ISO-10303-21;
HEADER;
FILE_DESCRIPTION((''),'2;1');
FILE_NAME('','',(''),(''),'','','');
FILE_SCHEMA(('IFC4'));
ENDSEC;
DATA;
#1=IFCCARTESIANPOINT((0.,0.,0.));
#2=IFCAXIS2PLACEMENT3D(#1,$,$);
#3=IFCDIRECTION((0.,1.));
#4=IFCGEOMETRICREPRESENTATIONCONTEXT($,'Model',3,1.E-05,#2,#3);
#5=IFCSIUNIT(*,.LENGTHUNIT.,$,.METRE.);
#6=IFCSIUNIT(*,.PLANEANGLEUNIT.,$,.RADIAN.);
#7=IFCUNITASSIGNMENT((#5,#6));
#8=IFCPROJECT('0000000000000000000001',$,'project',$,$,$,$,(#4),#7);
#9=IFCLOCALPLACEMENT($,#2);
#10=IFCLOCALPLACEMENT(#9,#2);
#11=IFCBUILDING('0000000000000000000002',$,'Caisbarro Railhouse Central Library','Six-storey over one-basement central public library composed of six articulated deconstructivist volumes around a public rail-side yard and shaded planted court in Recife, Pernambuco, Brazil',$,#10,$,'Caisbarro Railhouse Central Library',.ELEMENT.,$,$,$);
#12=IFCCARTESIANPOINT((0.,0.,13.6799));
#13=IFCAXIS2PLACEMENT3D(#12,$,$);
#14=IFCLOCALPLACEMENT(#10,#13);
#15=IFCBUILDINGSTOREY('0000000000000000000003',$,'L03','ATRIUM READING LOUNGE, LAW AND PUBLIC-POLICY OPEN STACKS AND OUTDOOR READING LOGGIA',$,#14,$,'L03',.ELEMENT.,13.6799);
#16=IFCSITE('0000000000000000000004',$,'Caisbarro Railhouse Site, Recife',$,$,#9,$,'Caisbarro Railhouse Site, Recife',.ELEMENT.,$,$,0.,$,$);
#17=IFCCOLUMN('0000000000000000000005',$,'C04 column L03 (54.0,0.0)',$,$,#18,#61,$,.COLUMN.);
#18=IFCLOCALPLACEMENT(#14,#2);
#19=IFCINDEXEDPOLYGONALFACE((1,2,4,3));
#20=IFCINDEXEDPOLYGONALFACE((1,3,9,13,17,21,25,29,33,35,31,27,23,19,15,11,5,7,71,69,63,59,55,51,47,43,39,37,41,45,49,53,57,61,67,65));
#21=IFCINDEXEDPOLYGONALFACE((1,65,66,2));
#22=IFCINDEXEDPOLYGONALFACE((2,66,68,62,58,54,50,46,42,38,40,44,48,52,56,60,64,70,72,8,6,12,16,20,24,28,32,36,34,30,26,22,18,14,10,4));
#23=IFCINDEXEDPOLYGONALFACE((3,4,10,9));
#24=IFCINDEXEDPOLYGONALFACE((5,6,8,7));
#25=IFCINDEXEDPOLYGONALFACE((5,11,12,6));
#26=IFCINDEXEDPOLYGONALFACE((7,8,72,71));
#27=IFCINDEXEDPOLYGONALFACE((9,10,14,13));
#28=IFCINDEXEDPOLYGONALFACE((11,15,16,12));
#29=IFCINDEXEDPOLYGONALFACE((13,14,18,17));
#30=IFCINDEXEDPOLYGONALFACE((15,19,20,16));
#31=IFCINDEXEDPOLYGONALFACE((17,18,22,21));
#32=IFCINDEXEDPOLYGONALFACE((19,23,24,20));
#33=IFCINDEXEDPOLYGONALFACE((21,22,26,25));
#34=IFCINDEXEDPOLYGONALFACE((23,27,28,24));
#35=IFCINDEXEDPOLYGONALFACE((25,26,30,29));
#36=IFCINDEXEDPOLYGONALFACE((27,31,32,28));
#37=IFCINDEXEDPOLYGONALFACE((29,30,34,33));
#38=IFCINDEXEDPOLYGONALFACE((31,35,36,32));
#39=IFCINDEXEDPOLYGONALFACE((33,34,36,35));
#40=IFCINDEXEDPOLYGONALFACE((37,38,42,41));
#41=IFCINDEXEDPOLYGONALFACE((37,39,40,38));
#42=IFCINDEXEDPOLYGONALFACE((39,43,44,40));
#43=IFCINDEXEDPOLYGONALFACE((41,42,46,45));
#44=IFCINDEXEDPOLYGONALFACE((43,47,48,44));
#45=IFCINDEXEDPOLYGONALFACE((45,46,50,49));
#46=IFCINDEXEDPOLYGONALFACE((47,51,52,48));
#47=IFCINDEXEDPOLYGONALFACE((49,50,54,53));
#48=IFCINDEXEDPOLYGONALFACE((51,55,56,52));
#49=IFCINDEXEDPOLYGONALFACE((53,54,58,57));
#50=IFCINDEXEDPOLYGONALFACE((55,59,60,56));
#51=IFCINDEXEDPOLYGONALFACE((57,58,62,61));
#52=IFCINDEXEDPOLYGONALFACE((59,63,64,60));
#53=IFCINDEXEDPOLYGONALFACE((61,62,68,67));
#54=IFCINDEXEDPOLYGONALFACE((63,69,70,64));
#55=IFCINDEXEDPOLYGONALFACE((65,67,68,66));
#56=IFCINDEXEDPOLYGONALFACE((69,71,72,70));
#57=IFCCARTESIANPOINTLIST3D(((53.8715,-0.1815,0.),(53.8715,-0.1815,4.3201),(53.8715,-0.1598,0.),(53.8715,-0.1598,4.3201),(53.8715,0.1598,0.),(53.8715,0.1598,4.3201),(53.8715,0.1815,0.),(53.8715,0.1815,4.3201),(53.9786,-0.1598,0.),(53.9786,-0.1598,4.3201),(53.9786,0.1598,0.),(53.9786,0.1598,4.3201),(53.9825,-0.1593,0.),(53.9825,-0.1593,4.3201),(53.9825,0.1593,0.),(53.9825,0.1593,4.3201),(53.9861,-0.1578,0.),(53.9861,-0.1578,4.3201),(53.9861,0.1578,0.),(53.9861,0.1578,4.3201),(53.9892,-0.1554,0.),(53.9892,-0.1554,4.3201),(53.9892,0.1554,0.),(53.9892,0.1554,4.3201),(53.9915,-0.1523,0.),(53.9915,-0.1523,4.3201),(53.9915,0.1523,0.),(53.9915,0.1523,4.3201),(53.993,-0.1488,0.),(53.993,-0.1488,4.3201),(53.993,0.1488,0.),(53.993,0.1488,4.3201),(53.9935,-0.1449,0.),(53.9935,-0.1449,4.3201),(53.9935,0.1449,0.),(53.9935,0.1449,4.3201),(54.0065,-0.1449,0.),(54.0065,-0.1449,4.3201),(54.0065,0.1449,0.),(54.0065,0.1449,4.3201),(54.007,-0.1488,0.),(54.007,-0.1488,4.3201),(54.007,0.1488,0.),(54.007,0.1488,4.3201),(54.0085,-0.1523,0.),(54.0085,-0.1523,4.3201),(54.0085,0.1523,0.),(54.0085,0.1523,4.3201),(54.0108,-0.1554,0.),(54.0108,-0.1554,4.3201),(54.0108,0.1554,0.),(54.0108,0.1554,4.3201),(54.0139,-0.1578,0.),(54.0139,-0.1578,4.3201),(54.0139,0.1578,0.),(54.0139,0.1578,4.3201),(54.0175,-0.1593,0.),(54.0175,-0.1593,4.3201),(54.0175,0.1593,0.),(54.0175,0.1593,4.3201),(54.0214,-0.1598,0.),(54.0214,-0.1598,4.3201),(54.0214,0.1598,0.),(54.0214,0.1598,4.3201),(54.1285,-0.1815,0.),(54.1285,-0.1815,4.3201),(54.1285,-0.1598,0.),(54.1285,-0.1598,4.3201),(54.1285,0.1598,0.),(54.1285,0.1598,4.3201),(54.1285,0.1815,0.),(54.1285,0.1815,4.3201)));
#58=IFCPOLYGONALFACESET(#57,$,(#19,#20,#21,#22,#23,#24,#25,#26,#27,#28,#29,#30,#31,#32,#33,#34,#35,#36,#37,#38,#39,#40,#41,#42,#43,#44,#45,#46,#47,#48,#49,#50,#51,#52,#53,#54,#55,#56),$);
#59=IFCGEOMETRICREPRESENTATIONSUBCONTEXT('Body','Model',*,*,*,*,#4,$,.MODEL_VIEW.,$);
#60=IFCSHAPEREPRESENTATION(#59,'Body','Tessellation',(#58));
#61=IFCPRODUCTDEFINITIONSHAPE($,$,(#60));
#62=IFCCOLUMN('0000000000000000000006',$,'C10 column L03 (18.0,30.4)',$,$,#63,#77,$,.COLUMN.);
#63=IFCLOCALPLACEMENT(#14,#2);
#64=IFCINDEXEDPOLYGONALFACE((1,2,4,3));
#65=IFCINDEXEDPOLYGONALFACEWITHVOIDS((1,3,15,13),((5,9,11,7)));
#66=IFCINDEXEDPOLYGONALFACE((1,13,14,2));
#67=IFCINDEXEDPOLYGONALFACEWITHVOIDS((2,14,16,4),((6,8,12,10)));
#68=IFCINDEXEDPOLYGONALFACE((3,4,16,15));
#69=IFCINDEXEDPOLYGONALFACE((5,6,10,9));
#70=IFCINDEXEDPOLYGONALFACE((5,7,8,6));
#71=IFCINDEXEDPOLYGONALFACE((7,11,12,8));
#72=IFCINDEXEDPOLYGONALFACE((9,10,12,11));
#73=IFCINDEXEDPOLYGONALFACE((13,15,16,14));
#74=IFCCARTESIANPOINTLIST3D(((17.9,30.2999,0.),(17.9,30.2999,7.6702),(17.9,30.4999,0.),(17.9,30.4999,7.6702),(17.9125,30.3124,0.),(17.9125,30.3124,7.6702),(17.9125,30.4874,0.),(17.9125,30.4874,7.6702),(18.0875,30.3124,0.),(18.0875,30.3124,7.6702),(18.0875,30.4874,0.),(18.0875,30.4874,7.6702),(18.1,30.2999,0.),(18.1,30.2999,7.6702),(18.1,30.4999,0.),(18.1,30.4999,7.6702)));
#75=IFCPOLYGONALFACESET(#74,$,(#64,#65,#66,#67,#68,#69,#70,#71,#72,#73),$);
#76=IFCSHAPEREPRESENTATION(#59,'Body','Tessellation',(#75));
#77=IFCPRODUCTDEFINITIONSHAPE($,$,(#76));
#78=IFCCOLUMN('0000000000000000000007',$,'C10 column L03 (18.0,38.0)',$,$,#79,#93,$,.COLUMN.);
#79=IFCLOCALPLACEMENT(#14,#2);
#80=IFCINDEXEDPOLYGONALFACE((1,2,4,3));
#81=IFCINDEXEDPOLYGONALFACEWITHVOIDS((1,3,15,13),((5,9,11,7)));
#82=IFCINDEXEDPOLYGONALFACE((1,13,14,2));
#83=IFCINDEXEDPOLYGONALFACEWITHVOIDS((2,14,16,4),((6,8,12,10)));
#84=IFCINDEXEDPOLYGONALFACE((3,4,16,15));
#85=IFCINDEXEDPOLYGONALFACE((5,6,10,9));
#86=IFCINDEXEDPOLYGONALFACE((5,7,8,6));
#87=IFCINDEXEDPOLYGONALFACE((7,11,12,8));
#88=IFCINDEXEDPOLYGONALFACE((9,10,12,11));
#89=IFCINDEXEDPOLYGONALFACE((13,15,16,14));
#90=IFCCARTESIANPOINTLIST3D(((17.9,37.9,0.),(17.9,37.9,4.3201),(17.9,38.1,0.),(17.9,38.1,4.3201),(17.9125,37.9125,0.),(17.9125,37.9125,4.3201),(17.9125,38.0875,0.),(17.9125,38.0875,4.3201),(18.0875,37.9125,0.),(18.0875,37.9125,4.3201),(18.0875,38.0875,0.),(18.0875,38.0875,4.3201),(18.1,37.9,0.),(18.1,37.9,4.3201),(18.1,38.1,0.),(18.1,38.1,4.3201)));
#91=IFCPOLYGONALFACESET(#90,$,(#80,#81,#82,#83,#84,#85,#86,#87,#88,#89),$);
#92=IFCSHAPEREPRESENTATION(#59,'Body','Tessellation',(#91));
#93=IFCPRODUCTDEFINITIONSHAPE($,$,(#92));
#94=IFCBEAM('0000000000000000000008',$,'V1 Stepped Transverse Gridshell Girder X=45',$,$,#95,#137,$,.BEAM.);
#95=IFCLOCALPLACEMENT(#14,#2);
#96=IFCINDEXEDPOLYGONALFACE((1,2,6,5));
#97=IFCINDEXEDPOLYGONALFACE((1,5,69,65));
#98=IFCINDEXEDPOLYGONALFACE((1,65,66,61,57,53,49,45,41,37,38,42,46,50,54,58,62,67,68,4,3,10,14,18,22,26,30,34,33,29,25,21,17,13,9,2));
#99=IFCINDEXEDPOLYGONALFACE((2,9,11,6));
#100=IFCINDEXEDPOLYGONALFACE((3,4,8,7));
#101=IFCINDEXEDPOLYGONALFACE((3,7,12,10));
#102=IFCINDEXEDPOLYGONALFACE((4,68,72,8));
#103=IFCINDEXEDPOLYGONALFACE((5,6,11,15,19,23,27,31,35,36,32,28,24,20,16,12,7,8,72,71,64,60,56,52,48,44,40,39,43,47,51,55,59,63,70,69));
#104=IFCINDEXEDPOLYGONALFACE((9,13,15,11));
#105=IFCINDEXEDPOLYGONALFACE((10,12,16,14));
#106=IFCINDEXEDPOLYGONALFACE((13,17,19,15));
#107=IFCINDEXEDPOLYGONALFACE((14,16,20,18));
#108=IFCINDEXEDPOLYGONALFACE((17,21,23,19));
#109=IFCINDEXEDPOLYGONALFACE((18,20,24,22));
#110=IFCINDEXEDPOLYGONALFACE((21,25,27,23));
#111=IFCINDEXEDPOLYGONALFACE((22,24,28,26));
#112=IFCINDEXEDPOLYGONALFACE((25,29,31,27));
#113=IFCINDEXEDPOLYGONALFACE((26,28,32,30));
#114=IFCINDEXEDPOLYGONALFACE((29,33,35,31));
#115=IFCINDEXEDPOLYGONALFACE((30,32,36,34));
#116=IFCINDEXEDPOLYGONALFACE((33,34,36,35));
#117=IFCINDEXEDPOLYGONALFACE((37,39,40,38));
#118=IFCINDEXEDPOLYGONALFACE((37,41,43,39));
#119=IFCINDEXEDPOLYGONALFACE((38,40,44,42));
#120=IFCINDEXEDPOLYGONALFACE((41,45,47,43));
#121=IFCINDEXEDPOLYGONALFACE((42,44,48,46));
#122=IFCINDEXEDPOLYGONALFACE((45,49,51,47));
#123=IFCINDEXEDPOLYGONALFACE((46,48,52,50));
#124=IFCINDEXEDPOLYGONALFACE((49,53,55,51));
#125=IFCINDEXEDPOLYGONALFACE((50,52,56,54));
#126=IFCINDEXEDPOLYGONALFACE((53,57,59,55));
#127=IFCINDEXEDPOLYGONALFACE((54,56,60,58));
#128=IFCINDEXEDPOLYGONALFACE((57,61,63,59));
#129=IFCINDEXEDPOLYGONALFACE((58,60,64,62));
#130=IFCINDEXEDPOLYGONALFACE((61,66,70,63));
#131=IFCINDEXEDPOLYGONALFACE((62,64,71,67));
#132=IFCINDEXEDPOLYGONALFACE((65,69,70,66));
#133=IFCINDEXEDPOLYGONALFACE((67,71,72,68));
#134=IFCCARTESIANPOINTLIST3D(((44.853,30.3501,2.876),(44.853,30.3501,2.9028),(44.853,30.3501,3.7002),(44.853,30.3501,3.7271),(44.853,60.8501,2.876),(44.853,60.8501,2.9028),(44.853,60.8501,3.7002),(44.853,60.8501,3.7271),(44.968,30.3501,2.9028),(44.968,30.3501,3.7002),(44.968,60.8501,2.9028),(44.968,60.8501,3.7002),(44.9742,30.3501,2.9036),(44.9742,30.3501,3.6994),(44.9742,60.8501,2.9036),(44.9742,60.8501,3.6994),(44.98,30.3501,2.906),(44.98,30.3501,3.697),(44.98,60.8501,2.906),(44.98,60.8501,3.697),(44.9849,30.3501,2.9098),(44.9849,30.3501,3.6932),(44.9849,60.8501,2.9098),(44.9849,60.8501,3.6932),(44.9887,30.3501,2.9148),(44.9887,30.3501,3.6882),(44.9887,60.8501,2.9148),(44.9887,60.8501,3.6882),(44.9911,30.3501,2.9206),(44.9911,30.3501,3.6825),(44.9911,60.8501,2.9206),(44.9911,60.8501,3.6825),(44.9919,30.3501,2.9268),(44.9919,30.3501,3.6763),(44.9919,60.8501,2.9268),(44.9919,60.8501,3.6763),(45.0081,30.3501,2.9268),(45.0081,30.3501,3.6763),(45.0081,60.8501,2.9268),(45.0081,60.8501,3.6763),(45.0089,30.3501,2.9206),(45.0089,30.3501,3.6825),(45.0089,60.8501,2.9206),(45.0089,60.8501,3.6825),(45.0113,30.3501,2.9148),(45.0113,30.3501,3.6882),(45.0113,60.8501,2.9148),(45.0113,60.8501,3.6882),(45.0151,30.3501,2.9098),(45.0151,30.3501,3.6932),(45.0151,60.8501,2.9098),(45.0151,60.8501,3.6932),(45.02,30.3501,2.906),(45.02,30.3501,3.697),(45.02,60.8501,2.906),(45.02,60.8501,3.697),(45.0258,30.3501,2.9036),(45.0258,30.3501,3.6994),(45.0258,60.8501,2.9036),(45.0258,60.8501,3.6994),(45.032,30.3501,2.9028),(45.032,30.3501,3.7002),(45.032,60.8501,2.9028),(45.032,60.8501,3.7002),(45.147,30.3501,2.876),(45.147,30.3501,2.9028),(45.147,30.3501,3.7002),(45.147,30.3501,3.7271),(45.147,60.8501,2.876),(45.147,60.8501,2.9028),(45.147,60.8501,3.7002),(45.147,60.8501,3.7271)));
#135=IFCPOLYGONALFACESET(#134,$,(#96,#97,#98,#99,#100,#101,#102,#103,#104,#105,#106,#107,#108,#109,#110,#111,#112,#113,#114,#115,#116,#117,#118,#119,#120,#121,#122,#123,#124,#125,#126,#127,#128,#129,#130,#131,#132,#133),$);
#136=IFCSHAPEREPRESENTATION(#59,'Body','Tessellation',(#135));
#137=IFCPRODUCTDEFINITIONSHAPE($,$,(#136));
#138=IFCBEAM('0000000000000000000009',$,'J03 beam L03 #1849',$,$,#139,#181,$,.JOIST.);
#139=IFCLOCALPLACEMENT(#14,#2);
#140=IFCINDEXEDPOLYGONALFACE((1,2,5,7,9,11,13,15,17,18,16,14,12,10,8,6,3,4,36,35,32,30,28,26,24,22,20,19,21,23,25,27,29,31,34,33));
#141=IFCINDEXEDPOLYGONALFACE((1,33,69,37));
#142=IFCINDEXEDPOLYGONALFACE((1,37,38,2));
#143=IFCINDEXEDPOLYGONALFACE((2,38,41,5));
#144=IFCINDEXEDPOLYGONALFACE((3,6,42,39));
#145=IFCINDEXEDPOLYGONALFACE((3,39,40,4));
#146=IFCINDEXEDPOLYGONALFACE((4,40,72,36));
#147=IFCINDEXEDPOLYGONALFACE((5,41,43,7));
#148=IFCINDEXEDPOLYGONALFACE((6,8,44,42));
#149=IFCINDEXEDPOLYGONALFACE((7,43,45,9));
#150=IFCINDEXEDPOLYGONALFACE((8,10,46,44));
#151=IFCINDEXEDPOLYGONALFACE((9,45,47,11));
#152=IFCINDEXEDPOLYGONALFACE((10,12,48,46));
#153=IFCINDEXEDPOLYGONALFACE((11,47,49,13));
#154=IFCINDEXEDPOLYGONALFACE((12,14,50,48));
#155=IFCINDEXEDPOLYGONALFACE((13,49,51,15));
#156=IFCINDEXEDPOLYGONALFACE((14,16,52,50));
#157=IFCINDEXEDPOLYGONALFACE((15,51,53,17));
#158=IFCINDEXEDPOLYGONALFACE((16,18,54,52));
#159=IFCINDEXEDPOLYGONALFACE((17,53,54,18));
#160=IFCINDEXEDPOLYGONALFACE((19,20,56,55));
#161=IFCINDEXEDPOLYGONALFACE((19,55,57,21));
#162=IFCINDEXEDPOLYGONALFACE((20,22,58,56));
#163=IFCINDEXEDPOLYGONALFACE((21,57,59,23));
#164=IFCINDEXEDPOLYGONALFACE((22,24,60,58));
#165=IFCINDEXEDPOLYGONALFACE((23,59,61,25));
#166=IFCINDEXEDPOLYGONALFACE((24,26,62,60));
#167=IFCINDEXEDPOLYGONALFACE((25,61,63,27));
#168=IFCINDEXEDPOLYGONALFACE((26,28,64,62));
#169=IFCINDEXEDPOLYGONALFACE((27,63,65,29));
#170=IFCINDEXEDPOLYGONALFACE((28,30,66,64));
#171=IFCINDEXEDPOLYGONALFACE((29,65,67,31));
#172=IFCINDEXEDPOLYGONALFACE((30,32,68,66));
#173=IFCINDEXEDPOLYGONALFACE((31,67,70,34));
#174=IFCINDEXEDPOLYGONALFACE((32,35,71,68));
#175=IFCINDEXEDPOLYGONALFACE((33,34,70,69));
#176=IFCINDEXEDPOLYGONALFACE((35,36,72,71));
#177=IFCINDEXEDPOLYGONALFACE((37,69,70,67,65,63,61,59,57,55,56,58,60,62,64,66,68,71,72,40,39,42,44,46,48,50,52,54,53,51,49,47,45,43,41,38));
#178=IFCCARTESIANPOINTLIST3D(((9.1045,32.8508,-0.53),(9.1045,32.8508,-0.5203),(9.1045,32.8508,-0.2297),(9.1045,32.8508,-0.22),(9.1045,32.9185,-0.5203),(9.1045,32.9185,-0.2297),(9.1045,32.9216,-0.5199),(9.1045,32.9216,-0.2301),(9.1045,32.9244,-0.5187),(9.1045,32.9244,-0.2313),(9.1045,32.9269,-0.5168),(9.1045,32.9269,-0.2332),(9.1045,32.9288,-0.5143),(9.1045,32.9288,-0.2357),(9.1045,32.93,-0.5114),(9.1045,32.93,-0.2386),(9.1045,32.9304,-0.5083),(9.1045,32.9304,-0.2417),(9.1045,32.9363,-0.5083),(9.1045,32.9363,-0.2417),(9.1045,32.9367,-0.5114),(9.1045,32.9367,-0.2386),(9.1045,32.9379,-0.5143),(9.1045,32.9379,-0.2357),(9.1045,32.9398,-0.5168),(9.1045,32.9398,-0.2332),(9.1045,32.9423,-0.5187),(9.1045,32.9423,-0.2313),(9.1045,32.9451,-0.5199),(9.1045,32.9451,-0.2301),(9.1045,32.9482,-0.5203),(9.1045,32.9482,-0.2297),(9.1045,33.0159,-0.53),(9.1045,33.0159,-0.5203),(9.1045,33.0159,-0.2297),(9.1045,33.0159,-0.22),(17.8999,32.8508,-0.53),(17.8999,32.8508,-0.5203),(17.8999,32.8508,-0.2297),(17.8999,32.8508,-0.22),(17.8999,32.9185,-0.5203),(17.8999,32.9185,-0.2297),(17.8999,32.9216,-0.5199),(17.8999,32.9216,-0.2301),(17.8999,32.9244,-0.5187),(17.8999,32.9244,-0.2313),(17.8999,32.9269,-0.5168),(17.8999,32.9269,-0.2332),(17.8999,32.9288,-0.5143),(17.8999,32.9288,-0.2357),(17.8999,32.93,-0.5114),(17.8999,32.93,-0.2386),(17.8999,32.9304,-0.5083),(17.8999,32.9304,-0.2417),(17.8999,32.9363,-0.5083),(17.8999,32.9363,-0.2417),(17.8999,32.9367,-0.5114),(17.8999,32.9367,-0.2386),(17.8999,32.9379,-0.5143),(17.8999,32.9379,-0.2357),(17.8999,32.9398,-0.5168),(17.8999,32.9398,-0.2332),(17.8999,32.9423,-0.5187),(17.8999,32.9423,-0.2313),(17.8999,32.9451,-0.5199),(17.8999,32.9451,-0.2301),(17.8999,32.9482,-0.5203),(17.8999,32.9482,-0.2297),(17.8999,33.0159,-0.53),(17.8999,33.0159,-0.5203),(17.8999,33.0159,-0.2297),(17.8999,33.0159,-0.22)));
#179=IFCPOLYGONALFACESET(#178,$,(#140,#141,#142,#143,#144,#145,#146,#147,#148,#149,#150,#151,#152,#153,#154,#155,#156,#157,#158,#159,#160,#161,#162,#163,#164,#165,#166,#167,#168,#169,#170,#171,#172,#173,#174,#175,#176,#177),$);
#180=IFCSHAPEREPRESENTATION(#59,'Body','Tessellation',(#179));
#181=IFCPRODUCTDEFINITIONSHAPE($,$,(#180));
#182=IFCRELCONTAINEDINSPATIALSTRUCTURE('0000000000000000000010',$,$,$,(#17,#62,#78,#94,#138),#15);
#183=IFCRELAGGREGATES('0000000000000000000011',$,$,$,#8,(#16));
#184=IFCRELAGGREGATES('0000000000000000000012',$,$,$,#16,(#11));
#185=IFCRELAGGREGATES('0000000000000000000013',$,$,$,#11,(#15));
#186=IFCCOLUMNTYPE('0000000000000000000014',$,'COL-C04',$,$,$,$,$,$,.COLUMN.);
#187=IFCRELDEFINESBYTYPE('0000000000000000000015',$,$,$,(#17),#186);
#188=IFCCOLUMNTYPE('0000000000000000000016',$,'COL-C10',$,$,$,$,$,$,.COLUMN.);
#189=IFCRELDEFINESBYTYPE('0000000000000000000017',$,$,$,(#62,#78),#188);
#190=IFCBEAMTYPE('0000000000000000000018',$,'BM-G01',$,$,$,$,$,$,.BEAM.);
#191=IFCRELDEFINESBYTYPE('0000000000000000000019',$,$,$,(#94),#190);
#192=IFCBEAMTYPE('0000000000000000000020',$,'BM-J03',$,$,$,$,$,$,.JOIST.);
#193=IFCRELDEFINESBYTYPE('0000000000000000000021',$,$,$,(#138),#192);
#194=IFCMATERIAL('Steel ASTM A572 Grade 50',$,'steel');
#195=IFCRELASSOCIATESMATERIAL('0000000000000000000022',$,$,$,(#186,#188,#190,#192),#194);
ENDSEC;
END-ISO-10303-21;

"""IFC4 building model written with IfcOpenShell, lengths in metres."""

from ifc_helpers import new_model, si_unit, direction, frame, origin, origin_2d, place, context, subcontext, project, spatial, hollow_rectangle, i_section, extrude, material, material_profile, profile_set, type_object, element, save


model = new_model("IFC4")

# Units and contexts
model_context = context("Model", 3, precision=1e-05, world=origin(), true_north=direction((0.0, 1.0)))
body_context = subcontext(model_context, "Body", "Model", "MODEL_VIEW")
ifc_project = project(units=[si_unit("LENGTHUNIT", "METRE"), si_unit("PLANEANGLEUNIT", "RADIAN")], contexts=[model_context])

# Site, building, storey
site_placement = place(None, origin())
site = spatial("IfcSite", under=ifc_project, at=site_placement, Name="Caisbarro Railhouse Site, Recife", LongName="Caisbarro Railhouse Site, Recife", CompositionType="ELEMENT", RefElevation=0.0)
building_placement = place(site_placement, origin())
building = spatial("IfcBuilding", under=site, at=building_placement, Name="Caisbarro Railhouse Central Library", Description="Six-storey over one-basement central public library composed of six articulated deconstructivist volumes around a public rail-side yard and shaded planted court in Recife, Pernambuco, Brazil", LongName="Caisbarro Railhouse Central Library", CompositionType="ELEMENT")
storey_placement = place(building_placement, frame((0.0, 0.0, 13.6799)))
storey = spatial("IfcBuildingStorey", under=building, at=storey_placement, Name="L03", Description="ATRIUM READING LOUNGE, LAW AND PUBLIC-POLICY OPEN STACKS AND OUTDOOR READING LOGGIA", LongName="L03", CompositionType="ELEMENT", Elevation=13.6799)

# Columns
ifc_material_1 = material(Name="Steel ASTM A572 Grade 50", Category="steel")
ifc_material_profile_1 = material_profile(ifc_material_1, i_section(OverallWidth=0.2571, OverallDepth=0.363, WebThickness=0.0129, FlangeThickness=0.0217, FilletRadius=0.0149, at=origin_2d()), Name="W360X122.0")
ifc_profile_set_1 = profile_set([ifc_material_profile_1], Name="Steel ASTM A572 Grade 50")
column_type_1 = type_object("IfcColumnType", Name="COL-C04", PredefinedType="COLUMN", material=ifc_profile_set_1)
column_1_placement = place(storey_placement, frame((54.0, 0.0, 0.0), z_axis=(0.0, 0.0, 1.0), x_axis=(1.0, 0.0, 0.0)))
element("IfcColumn", 1, at=column_1_placement, inside=storey, type_object=column_type_1, Name="C04 column L03 (54.0,0.0)", PredefinedType="COLUMN", context=body_context, shape_type="SweptSolid", body=[
    extrude(i_section(OverallWidth=0.2571, OverallDepth=0.363, WebThickness=0.0129, FlangeThickness=0.0217, FilletRadius=0.0149, at=origin_2d()), origin(), (0.0, 0.0, 1.0), 4.3201),
])
ifc_material_profile_2 = material_profile(ifc_material_1, hollow_rectangle(XDim=0.2, YDim=0.2, WallThickness=0.0125, at=origin_2d()), Name="HSS200X200X12.5")
ifc_profile_set_2 = profile_set([ifc_material_profile_2], Name="Steel ASTM A572 Grade 50")
column_type_2 = type_object("IfcColumnType", Name="COL-C10", PredefinedType="COLUMN", material=ifc_profile_set_2)
column_2_placement = place(storey_placement, frame((18.0, 30.3999, 0.0), z_axis=(0.0, 0.0, 1.0), x_axis=(1.0, 0.0, 0.0)))
element("IfcColumn", 2, at=column_2_placement, inside=storey, type_object=column_type_2, Name="C10 column L03 (18.0,30.4)", PredefinedType="COLUMN", context=body_context, shape_type="SweptSolid", body=[
    extrude(hollow_rectangle(XDim=0.2, YDim=0.2, WallThickness=0.0125, at=origin_2d()), origin(), (0.0, 0.0, 1.0), 7.6702),
])
column_3_placement = place(storey_placement, frame((18.0, 38.0, 0.0), z_axis=(0.0, 0.0, 1.0), x_axis=(1.0, 0.0, 0.0)))
element("IfcColumn", 3, at=column_3_placement, inside=storey, type_object=column_type_2, Name="C10 column L03 (18.0,38.0)", PredefinedType="COLUMN", context=body_context, shape_type="SweptSolid", body=[
    extrude(hollow_rectangle(XDim=0.2, YDim=0.2, WallThickness=0.0125, at=origin_2d()), origin(), (0.0, 0.0, 1.0), 4.3201),
])

# Beams
ifc_material_profile_3 = material_profile(ifc_material_1, i_section(OverallWidth=0.2939, OverallDepth=0.8511, WebThickness=0.0161, FlangeThickness=0.0269, FilletRadius=0.0239, at=origin_2d()), Name="W840X226.0")
ifc_profile_set_3 = profile_set([ifc_material_profile_3], Name="Steel ASTM A572 Grade 50")
beam_type_1 = type_object("IfcBeamType", Name="BM-G01", PredefinedType="BEAM", material=ifc_profile_set_3)
beam_1_placement = place(storey_placement, frame((45.0, 30.3501, 3.3015), z_axis=(0.0, 1.0, 0.0), x_axis=(-1.0, 0.0, 0.0)))
element("IfcBeam", 4, at=beam_1_placement, inside=storey, type_object=beam_type_1, Name="V1 Stepped Transverse Gridshell Girder X=45", PredefinedType="BEAM", context=body_context, shape_type="SweptSolid", body=[
    extrude(i_section(OverallWidth=0.2939, OverallDepth=0.8511, WebThickness=0.0161, FlangeThickness=0.0269, FilletRadius=0.0239, at=origin_2d()), origin(), (0.0, 0.0, 1.0), 30.5),
])
ifc_material_profile_4 = material_profile(ifc_material_1, i_section(OverallWidth=0.165, OverallDepth=0.3101, WebThickness=0.0059, FlangeThickness=0.0098, FilletRadius=0.012, at=origin_2d()), Name="W310X38.7")
ifc_profile_set_4 = profile_set([ifc_material_profile_4], Name="Steel ASTM A572 Grade 50")
beam_type_2 = type_object("IfcBeamType", Name="BM-J03", PredefinedType="JOIST", material=ifc_profile_set_4)
for number, where, z_axis, x_axis, name in (
    (5, (9.1045, 32.9333, -0.375), (1.0, 0.0, 0.0), (0.0, 1.0, 0.0), "J03 beam L03 #1849"),
):
    element("IfcBeam", number, at=place(storey_placement, frame(where, z_axis=z_axis, x_axis=x_axis)), inside=storey, type_object=beam_type_2, Name=name, PredefinedType="JOIST", context=body_context, shape_type="SweptSolid", body=[
        extrude(i_section(OverallWidth=0.165, OverallDepth=0.3101, WebThickness=0.0059, FlangeThickness=0.0098, FilletRadius=0.012, at=origin_2d()), origin(), (0.0, 0.0, 1.0), 8.7954),
    ])

save(model, "model.ifc")
